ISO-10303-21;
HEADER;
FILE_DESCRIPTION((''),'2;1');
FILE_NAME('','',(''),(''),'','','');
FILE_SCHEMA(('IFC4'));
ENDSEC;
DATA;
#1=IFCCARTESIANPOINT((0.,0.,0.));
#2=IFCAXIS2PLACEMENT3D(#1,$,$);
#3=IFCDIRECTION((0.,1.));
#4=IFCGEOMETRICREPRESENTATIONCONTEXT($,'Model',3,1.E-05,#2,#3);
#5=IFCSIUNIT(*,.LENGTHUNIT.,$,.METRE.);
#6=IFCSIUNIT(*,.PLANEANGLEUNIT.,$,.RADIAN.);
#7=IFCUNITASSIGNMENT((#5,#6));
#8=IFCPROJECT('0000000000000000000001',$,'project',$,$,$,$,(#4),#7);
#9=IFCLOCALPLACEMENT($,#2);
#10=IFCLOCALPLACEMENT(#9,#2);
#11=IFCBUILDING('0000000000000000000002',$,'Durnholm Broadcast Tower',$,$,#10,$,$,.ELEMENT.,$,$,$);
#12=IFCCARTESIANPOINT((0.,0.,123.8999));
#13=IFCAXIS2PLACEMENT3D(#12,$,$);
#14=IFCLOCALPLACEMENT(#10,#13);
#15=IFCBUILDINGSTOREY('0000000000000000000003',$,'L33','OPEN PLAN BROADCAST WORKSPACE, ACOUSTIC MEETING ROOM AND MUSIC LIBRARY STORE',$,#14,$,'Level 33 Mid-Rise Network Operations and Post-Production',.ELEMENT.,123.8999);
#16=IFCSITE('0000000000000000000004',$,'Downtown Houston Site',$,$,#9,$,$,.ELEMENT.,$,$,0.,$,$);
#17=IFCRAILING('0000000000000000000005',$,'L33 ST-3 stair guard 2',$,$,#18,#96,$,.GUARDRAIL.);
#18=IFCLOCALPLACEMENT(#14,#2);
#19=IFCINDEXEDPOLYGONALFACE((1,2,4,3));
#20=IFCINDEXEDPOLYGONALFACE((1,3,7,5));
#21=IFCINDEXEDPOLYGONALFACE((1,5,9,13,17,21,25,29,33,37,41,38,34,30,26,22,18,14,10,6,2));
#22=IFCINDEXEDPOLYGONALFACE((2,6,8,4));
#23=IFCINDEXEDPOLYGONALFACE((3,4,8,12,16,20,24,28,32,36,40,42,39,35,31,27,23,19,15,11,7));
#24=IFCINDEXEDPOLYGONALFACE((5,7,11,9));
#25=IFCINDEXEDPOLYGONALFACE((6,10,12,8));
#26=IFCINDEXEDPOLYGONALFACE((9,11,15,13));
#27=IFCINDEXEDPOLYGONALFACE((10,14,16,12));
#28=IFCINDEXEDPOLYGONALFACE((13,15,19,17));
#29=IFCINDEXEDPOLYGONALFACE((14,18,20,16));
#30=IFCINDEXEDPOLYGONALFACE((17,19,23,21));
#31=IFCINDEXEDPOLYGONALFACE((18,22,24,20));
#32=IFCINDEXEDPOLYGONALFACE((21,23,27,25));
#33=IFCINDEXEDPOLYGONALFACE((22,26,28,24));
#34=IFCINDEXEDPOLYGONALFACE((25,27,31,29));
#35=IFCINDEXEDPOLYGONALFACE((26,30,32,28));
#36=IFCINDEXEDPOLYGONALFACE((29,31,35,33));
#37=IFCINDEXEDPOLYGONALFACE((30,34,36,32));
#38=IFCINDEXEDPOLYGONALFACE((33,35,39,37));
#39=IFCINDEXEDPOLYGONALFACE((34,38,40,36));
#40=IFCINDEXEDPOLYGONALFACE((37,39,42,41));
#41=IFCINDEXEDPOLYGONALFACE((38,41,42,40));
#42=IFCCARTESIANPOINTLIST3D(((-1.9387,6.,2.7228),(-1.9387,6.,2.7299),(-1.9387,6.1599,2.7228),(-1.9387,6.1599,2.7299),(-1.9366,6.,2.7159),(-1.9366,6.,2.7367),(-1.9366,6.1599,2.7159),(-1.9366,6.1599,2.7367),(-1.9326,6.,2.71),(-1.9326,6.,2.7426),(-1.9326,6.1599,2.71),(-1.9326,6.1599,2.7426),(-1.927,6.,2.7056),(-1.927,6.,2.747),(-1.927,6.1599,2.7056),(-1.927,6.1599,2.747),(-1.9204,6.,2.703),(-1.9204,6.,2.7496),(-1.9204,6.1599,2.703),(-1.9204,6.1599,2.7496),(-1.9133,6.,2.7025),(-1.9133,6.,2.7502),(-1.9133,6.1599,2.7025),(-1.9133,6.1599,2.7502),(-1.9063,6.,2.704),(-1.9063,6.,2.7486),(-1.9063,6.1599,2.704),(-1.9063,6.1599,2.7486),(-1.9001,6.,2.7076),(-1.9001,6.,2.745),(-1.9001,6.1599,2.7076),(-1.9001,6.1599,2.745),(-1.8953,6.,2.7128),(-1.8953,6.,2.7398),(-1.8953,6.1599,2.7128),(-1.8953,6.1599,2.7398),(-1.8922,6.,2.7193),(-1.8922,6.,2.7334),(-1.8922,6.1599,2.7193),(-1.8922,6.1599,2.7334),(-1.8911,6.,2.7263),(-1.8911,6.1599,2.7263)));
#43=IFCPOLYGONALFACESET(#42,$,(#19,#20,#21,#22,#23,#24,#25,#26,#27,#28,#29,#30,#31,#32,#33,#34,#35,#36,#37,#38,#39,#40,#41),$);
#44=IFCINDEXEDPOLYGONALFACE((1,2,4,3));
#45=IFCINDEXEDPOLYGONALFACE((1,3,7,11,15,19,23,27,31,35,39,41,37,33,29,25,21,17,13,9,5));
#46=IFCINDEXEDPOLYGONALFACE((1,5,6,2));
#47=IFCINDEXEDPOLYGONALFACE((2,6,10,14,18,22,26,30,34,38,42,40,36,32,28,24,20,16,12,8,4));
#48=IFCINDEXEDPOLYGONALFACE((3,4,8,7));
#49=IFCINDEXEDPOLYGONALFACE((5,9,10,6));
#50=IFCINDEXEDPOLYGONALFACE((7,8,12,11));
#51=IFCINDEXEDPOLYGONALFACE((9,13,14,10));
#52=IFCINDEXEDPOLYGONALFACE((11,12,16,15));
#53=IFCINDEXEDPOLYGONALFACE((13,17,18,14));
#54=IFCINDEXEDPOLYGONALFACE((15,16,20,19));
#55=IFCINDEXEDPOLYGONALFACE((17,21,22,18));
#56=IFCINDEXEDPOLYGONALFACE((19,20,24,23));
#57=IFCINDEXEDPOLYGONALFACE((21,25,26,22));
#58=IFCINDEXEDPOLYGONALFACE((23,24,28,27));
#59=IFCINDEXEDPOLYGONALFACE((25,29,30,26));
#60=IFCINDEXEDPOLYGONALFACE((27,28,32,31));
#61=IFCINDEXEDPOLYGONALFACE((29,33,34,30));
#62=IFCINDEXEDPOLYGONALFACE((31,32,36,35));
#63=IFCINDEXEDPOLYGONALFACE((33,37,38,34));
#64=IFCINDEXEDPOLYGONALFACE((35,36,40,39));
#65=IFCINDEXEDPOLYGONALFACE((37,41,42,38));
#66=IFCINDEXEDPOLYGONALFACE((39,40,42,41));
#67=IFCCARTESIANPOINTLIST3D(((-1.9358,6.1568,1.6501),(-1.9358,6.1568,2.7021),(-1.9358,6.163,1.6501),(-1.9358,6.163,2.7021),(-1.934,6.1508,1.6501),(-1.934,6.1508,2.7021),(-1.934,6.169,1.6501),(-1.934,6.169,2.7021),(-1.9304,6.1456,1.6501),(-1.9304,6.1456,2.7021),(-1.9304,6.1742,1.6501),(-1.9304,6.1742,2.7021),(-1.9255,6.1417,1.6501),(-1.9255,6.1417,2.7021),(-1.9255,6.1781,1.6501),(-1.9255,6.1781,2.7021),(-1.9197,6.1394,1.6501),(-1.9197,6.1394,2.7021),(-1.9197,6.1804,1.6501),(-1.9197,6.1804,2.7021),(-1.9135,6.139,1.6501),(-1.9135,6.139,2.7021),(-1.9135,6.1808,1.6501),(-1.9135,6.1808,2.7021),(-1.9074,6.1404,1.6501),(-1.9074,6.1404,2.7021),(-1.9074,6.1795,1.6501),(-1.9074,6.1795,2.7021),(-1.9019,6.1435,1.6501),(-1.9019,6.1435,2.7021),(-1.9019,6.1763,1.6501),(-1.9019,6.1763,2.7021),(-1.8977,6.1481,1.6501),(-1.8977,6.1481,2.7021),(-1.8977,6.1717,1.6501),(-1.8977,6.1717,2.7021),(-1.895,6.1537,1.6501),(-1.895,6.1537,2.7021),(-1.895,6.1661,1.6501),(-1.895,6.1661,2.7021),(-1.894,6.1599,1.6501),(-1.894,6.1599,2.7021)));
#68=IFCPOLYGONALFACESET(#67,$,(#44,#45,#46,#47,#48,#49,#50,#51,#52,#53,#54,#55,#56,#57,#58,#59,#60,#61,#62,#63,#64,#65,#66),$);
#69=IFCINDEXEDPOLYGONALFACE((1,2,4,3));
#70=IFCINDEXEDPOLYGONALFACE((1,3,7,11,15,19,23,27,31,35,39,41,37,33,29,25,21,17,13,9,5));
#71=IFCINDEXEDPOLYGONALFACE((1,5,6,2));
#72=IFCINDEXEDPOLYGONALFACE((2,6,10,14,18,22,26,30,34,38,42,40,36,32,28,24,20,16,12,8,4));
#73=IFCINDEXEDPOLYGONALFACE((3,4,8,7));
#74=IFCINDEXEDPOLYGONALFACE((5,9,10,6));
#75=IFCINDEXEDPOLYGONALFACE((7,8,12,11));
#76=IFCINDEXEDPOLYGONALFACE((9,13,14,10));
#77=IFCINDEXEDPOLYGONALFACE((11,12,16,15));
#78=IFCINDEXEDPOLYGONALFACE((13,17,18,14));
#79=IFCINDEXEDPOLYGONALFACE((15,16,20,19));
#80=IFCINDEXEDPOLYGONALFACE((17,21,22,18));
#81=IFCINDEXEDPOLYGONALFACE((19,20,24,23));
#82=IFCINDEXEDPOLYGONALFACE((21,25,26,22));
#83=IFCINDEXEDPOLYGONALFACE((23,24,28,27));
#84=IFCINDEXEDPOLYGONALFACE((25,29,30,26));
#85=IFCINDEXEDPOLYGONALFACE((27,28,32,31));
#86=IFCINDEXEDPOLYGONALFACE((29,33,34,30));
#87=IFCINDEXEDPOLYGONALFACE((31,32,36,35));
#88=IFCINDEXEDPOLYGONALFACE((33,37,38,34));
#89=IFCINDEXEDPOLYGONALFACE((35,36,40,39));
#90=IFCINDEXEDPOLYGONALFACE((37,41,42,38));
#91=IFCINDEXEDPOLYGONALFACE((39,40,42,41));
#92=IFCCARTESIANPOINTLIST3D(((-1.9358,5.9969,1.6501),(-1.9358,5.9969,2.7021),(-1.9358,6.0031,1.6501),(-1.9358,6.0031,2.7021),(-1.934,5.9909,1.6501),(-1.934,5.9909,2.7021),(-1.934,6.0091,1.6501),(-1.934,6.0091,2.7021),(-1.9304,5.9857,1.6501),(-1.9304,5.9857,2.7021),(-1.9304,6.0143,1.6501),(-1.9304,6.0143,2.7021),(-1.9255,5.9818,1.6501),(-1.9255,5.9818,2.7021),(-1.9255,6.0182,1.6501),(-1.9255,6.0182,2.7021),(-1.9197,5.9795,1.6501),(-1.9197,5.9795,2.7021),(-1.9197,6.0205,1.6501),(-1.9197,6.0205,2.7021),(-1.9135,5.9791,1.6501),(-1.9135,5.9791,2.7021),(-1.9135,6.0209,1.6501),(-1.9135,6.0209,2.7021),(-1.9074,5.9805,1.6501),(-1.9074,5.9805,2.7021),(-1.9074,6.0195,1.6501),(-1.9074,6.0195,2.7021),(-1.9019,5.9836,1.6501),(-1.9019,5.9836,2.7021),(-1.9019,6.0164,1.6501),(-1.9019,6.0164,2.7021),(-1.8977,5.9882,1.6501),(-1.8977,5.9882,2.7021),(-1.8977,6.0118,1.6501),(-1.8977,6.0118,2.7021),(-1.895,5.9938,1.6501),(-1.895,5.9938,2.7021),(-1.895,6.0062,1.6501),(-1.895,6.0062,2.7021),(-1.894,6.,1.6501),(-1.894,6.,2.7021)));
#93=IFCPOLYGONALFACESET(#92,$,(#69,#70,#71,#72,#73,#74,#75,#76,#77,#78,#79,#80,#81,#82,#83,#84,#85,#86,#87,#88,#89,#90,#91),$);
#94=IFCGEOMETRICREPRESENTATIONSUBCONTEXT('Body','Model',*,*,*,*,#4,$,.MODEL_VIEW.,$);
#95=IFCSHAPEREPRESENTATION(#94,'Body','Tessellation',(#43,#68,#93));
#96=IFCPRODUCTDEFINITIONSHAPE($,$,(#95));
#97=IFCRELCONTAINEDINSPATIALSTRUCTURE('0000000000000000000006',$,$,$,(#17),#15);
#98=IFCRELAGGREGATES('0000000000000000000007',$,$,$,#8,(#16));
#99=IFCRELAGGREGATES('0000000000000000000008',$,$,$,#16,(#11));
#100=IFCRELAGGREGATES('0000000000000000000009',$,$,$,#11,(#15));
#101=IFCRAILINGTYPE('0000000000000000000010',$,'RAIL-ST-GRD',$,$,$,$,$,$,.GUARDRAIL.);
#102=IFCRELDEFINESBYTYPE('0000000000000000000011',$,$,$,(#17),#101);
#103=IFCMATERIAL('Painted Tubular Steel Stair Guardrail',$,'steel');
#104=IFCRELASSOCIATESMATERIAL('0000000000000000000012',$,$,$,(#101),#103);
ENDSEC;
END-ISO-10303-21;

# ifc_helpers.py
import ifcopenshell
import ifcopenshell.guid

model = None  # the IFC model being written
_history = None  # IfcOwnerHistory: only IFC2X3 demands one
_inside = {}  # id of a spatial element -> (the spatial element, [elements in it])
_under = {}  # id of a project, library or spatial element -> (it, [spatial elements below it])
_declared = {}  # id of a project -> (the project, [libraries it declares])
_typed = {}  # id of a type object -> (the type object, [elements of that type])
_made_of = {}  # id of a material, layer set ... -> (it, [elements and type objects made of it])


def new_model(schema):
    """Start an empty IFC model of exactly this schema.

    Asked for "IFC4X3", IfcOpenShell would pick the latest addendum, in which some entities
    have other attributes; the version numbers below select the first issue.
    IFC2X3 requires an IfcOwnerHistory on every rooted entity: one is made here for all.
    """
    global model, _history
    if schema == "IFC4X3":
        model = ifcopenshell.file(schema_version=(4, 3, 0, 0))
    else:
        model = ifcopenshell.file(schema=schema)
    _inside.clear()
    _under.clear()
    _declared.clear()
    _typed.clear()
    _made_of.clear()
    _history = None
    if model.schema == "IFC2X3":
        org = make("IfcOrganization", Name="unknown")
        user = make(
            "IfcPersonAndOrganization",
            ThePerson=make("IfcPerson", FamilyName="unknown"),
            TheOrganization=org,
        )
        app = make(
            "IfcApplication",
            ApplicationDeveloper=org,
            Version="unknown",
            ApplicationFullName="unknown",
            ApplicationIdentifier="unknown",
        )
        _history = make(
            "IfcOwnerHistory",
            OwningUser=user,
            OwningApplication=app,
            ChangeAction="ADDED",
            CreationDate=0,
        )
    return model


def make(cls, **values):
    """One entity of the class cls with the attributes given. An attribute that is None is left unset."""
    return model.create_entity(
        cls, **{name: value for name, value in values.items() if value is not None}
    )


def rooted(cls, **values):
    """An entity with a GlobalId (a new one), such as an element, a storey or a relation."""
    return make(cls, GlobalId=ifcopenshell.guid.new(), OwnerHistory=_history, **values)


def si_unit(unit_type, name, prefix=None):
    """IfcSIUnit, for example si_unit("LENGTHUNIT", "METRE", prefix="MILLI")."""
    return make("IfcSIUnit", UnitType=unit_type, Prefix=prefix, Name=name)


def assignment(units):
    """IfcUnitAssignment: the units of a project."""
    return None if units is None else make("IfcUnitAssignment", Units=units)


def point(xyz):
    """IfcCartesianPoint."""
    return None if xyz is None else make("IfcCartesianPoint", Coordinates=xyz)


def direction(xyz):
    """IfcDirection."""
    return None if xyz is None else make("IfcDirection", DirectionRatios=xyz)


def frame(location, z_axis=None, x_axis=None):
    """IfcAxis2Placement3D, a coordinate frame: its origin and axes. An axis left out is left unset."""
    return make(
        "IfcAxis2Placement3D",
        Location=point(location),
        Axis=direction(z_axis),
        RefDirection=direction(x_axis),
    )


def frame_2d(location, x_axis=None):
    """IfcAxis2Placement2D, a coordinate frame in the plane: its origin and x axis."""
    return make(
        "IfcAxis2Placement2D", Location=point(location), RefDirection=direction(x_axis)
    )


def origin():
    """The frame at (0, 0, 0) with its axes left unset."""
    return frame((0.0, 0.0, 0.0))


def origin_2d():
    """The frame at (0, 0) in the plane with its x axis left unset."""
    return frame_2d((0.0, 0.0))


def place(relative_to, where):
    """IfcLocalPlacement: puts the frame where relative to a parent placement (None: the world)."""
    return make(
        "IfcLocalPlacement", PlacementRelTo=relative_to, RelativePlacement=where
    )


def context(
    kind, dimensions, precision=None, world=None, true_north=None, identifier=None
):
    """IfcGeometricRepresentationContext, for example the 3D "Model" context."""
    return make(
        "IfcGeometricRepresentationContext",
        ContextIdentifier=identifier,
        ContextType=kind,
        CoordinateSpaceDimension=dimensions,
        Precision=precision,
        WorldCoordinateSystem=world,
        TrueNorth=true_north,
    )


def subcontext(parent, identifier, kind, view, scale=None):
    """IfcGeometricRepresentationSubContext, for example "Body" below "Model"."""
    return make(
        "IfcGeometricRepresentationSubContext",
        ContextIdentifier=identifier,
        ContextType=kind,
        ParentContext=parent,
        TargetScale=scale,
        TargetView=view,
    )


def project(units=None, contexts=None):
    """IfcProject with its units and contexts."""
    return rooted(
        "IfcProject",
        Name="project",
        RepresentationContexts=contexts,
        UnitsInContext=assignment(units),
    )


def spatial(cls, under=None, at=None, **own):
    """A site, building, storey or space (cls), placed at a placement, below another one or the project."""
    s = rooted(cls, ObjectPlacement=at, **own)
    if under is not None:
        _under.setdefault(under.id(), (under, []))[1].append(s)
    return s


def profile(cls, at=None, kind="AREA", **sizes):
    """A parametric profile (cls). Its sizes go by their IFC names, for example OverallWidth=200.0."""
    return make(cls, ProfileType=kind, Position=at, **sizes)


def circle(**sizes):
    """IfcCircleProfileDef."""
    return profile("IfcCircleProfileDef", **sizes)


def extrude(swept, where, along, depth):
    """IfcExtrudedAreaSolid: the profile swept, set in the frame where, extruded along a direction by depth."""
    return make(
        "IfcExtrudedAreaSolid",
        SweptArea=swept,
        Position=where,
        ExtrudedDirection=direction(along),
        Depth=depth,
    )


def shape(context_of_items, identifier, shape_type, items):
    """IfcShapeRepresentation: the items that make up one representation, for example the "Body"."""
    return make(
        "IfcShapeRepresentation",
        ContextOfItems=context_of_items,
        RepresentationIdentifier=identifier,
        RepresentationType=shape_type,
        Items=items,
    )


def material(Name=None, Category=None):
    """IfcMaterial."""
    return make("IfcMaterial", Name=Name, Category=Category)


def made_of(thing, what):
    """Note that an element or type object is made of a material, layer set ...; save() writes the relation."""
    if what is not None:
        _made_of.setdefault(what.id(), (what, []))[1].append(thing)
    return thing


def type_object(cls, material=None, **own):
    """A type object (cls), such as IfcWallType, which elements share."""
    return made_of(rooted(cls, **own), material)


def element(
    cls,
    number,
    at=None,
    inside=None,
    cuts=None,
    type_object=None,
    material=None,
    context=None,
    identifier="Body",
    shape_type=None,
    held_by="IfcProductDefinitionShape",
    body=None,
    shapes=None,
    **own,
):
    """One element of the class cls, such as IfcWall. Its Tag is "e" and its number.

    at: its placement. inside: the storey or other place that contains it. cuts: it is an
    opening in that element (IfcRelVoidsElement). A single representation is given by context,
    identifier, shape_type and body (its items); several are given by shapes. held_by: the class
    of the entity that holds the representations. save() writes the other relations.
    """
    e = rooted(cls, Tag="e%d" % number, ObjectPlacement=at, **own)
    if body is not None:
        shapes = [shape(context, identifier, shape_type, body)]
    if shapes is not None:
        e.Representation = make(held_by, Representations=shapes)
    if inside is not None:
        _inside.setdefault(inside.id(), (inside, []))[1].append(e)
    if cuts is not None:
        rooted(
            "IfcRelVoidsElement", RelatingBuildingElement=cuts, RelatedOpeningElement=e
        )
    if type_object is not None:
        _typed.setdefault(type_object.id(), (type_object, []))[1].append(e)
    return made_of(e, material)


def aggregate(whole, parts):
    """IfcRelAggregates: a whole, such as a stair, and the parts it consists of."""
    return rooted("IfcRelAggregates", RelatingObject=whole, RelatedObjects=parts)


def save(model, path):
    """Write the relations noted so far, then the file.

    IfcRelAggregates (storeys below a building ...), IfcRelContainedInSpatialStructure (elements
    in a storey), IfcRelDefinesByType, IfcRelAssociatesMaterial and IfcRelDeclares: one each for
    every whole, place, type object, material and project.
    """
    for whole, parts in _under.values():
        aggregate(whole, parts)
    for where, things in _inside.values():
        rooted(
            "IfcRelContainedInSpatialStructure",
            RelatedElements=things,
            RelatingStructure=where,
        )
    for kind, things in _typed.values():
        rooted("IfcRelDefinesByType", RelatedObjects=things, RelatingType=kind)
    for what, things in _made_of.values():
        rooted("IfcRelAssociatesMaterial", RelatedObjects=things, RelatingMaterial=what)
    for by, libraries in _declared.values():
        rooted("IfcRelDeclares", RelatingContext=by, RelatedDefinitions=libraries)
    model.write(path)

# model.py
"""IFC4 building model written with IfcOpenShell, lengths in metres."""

from ifc_helpers import new_model, si_unit, direction, frame, origin, origin_2d, place, context, subcontext, project, spatial, circle, extrude, material, type_object, element, save


model = new_model("IFC4")

# Units and contexts
model_context = context("Model", 3, precision=1e-05, world=origin(), true_north=direction((0.0, 1.0)))
body_context = subcontext(model_context, "Body", "Model", "MODEL_VIEW")
ifc_project = project(units=[si_unit("LENGTHUNIT", "METRE"), si_unit("PLANEANGLEUNIT", "RADIAN")], contexts=[model_context])

# Site, building, storey
site_placement = place(None, origin())
site = spatial("IfcSite", under=ifc_project, at=site_placement, Name="Downtown Houston Site", CompositionType="ELEMENT", RefElevation=0.0)
building_placement = place(site_placement, origin())
building = spatial("IfcBuilding", under=site, at=building_placement, Name="Durnholm Broadcast Tower", CompositionType="ELEMENT")
storey_placement = place(building_placement, frame((0.0, 0.0, 123.8999)))
storey = spatial("IfcBuildingStorey", under=building, at=storey_placement, Name="L33", Description="OPEN PLAN BROADCAST WORKSPACE, ACOUSTIC MEETING ROOM AND MUSIC LIBRARY STORE", LongName="Level 33 Mid-Rise Network Operations and Post-Production", CompositionType="ELEMENT", Elevation=123.8999)

# Railing
ifc_material_1 = material(Name="Painted Tubular Steel Stair Guardrail", Category="steel")
railing_type_1 = type_object("IfcRailingType", Name="RAIL-ST-GRD", PredefinedType="GUARDRAIL", material=ifc_material_1)
railing_1_placement = place(storey_placement, frame((-1.915, 6.1599, 1.6501)))
element("IfcRailing", 1, at=railing_1_placement, inside=storey, type_object=railing_type_1, Name="L33 ST-3 stair guard 2", PredefinedType="GUARDRAIL", context=body_context, shape_type="SweptSolid", body=[
    extrude(circle(Radius=0.0239, at=origin_2d()), frame((0.0, 0.0, 1.0762), z_axis=(0.0, -1.0, 0.0), x_axis=(1.0, 0.0, 0.0)), (0.0, 0.0, 1.0), 0.1599),
    extrude(circle(Radius=0.021, at=origin_2d()), origin(), (0.0, 0.0, 1.0), 1.052),
    extrude(circle(Radius=0.021, at=origin_2d()), frame((0.0, -0.1599, 0.0)), (0.0, 0.0, 1.0), 1.052),
])

save(model, "model.ifc")
